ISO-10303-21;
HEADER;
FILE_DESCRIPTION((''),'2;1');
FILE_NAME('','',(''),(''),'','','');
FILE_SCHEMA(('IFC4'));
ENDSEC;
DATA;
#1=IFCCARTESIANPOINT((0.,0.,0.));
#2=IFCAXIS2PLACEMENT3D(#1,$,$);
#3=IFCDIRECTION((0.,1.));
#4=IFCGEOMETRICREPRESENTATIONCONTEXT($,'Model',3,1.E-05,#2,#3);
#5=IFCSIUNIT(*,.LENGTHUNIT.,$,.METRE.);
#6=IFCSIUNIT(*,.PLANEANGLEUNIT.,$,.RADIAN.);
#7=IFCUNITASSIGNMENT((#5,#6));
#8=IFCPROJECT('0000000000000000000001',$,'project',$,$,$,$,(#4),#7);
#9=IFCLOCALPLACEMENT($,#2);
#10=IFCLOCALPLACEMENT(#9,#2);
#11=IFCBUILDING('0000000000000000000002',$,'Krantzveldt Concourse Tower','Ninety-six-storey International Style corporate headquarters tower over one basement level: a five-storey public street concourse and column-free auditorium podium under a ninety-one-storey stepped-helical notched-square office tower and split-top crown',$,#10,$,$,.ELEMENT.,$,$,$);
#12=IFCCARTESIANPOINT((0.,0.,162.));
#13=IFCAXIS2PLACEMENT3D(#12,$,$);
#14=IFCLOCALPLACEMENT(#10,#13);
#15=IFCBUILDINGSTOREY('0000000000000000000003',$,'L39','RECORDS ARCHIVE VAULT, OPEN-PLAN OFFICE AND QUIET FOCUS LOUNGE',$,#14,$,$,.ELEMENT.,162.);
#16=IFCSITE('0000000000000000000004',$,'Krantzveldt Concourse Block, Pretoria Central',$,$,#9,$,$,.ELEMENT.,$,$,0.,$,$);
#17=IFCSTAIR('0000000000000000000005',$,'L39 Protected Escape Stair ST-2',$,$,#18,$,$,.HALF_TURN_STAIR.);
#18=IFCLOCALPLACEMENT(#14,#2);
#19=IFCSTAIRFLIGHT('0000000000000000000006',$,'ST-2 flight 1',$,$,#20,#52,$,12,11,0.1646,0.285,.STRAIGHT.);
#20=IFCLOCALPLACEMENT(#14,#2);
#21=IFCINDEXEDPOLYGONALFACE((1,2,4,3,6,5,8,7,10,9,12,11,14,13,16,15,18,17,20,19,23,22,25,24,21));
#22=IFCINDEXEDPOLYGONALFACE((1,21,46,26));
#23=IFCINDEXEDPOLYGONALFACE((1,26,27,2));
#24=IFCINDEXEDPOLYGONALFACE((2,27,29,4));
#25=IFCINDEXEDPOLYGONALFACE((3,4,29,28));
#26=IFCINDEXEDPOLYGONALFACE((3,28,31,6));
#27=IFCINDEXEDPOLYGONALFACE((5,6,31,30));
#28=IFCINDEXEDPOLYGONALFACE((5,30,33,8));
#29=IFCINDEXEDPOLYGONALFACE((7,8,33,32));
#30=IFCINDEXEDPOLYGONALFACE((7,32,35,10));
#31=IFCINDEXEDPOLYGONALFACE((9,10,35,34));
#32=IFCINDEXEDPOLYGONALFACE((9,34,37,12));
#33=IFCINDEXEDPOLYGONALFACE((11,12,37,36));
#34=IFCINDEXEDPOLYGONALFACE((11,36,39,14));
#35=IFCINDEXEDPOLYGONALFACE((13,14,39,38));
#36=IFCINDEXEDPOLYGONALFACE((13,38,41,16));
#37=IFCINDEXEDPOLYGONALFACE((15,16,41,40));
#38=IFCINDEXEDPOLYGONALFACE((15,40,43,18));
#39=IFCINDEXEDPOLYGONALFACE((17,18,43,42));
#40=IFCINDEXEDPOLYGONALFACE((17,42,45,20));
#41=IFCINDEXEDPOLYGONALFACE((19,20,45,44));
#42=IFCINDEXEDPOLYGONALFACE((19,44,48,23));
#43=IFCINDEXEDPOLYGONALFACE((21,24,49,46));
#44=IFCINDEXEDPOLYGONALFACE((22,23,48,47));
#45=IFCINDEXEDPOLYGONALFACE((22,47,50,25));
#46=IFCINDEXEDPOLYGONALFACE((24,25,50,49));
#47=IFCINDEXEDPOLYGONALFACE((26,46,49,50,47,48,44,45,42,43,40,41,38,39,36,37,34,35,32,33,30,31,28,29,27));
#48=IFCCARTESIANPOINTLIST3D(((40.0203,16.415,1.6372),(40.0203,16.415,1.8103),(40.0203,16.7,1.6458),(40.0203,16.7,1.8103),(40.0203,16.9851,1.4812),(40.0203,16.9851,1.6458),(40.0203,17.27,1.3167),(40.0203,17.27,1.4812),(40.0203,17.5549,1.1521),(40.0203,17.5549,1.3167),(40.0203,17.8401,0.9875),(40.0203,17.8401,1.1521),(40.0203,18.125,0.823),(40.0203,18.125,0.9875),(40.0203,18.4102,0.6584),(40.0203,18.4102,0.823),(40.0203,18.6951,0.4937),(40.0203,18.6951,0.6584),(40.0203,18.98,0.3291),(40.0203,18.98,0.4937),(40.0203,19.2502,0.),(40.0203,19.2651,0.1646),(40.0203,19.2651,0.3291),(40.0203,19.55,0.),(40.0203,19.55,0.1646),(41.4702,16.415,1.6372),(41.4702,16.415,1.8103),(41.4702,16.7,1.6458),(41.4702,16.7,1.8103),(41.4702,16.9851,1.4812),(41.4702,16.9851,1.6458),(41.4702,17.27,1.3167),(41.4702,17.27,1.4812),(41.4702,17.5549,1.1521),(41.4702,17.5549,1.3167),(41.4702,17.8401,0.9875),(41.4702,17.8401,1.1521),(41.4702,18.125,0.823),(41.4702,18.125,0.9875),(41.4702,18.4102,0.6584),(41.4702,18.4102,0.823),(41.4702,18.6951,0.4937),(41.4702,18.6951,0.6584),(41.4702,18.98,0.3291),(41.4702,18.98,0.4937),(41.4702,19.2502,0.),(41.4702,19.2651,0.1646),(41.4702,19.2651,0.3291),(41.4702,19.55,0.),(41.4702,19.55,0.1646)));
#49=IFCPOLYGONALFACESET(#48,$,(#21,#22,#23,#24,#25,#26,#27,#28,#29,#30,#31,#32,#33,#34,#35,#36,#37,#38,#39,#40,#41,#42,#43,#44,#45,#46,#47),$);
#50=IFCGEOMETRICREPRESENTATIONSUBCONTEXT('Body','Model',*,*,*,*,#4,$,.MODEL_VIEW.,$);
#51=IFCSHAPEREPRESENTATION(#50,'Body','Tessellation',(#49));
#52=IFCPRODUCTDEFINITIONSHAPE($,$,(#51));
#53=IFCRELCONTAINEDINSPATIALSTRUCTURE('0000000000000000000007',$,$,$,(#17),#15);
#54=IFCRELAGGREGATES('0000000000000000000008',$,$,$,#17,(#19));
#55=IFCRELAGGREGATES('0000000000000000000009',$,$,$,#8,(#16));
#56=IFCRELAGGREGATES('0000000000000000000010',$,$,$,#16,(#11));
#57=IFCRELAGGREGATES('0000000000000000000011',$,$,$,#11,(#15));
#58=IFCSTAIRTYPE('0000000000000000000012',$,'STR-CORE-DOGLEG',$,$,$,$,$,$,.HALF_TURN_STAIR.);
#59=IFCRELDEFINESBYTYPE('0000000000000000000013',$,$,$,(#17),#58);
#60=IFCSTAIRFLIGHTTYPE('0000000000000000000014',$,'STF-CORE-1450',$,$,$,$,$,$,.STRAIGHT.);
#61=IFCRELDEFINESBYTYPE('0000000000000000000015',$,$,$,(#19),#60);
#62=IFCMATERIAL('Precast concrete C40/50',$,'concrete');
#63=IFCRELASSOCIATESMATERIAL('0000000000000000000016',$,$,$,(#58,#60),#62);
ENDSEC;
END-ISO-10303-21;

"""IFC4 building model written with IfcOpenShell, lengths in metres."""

from ifc_helpers import new_model, si_unit, direction, frame, origin, place, context, subcontext, project, spatial, polyline, outline, extrude, material, type_object, element, aggregate, save


model = new_model("IFC4")

# Units and contexts
model_context = context("Model", 3, precision=1e-05, world=origin(), true_north=direction((0.0, 1.0)))
body_context = subcontext(model_context, "Body", "Model", "MODEL_VIEW")
ifc_project = project(units=[si_unit("LENGTHUNIT", "METRE"), si_unit("PLANEANGLEUNIT", "RADIAN")], contexts=[model_context])

# Site, building, storey
site_placement = place(None, origin())
site = spatial("IfcSite", under=ifc_project, at=site_placement, Name="Krantzveldt Concourse Block, Pretoria Central", CompositionType="ELEMENT", RefElevation=0.0)
building_placement = place(site_placement, origin())
building = spatial("IfcBuilding", under=site, at=building_placement, Name="Krantzveldt Concourse Tower", Description="Ninety-six-storey International Style corporate headquarters tower over one basement level: a five-storey public street concourse and column-free auditorium podium under a ninety-one-storey stepped-helical notched-square office tower and split-top crown", CompositionType="ELEMENT")
storey_placement = place(building_placement, frame((0.0, 0.0, 162.0)))
storey = spatial("IfcBuildingStorey", under=building, at=storey_placement, Name="L39", Description="RECORDS ARCHIVE VAULT, OPEN-PLAN OFFICE AND QUIET FOCUS LOUNGE", CompositionType="ELEMENT", Elevation=162.0)

# Stair, stair flight
ifc_material_1 = material(Name="Precast concrete C40/50", Category="concrete")
stair_type = type_object("IfcStairType", Name="STR-CORE-DOGLEG", PredefinedType="HALF_TURN_STAIR", material=ifc_material_1)
stair_placement = place(storey_placement, origin())
stair = element("IfcStair", 1, at=stair_placement, inside=storey, type_object=stair_type, Name="L39 Protected Escape Stair ST-2", PredefinedType="HALF_TURN_STAIR")
stair_flight_type = type_object("IfcStairFlightType", Name="STF-CORE-1450", PredefinedType="STRAIGHT", material=ifc_material_1)
stair_flight_placement = place(storey_placement, frame((40.7451, 19.55, 0.0), z_axis=(0.0, 0.0, 1.0), x_axis=(0.0, -1.0, 0.0)))
stair_flight = element("IfcStairFlight", 2, at=stair_flight_placement, type_object=stair_flight_type, Name="ST-2 flight 1", NumberOfRisers=12, NumberOfTreads=11, PredefinedType="STRAIGHT", RiserHeight=0.1646, TreadLength=0.285, context=body_context, shape_type="SweptSolid", body=[
    extrude(outline(polyline([(0.0, 0.0), (0.0, 0.1646), (0.2849, 0.1646), (0.2849, 0.3291), (0.5701, 0.3291), (0.5701, 0.4937), (0.855, 0.4937), (0.855, 0.6584), (1.1399, 0.6584), (1.1399, 0.823), (1.425, 0.823), (1.425, 0.9875), (1.71, 0.9875), (1.71, 1.1521), (1.9951, 1.1521), (1.9951, 1.3167), (2.28, 1.3167), (2.28, 1.4812), (2.5649, 1.4812), (2.5649, 1.6458), (2.8501, 1.6458), (2.8501, 1.8103), (3.135, 1.8103), (3.135, 1.9751), (3.135, 1.6372), (0.2998, 0.0), (0.0, 0.0)])), frame((0.0, 0.7251, 0.0), z_axis=(0.0, -1.0, 0.0), x_axis=(1.0, 0.0, 0.0)), (0.0, 0.0, 1.0), 1.45),
])
aggregate(stair, [stair_flight])

save(model, "model.ifc")
